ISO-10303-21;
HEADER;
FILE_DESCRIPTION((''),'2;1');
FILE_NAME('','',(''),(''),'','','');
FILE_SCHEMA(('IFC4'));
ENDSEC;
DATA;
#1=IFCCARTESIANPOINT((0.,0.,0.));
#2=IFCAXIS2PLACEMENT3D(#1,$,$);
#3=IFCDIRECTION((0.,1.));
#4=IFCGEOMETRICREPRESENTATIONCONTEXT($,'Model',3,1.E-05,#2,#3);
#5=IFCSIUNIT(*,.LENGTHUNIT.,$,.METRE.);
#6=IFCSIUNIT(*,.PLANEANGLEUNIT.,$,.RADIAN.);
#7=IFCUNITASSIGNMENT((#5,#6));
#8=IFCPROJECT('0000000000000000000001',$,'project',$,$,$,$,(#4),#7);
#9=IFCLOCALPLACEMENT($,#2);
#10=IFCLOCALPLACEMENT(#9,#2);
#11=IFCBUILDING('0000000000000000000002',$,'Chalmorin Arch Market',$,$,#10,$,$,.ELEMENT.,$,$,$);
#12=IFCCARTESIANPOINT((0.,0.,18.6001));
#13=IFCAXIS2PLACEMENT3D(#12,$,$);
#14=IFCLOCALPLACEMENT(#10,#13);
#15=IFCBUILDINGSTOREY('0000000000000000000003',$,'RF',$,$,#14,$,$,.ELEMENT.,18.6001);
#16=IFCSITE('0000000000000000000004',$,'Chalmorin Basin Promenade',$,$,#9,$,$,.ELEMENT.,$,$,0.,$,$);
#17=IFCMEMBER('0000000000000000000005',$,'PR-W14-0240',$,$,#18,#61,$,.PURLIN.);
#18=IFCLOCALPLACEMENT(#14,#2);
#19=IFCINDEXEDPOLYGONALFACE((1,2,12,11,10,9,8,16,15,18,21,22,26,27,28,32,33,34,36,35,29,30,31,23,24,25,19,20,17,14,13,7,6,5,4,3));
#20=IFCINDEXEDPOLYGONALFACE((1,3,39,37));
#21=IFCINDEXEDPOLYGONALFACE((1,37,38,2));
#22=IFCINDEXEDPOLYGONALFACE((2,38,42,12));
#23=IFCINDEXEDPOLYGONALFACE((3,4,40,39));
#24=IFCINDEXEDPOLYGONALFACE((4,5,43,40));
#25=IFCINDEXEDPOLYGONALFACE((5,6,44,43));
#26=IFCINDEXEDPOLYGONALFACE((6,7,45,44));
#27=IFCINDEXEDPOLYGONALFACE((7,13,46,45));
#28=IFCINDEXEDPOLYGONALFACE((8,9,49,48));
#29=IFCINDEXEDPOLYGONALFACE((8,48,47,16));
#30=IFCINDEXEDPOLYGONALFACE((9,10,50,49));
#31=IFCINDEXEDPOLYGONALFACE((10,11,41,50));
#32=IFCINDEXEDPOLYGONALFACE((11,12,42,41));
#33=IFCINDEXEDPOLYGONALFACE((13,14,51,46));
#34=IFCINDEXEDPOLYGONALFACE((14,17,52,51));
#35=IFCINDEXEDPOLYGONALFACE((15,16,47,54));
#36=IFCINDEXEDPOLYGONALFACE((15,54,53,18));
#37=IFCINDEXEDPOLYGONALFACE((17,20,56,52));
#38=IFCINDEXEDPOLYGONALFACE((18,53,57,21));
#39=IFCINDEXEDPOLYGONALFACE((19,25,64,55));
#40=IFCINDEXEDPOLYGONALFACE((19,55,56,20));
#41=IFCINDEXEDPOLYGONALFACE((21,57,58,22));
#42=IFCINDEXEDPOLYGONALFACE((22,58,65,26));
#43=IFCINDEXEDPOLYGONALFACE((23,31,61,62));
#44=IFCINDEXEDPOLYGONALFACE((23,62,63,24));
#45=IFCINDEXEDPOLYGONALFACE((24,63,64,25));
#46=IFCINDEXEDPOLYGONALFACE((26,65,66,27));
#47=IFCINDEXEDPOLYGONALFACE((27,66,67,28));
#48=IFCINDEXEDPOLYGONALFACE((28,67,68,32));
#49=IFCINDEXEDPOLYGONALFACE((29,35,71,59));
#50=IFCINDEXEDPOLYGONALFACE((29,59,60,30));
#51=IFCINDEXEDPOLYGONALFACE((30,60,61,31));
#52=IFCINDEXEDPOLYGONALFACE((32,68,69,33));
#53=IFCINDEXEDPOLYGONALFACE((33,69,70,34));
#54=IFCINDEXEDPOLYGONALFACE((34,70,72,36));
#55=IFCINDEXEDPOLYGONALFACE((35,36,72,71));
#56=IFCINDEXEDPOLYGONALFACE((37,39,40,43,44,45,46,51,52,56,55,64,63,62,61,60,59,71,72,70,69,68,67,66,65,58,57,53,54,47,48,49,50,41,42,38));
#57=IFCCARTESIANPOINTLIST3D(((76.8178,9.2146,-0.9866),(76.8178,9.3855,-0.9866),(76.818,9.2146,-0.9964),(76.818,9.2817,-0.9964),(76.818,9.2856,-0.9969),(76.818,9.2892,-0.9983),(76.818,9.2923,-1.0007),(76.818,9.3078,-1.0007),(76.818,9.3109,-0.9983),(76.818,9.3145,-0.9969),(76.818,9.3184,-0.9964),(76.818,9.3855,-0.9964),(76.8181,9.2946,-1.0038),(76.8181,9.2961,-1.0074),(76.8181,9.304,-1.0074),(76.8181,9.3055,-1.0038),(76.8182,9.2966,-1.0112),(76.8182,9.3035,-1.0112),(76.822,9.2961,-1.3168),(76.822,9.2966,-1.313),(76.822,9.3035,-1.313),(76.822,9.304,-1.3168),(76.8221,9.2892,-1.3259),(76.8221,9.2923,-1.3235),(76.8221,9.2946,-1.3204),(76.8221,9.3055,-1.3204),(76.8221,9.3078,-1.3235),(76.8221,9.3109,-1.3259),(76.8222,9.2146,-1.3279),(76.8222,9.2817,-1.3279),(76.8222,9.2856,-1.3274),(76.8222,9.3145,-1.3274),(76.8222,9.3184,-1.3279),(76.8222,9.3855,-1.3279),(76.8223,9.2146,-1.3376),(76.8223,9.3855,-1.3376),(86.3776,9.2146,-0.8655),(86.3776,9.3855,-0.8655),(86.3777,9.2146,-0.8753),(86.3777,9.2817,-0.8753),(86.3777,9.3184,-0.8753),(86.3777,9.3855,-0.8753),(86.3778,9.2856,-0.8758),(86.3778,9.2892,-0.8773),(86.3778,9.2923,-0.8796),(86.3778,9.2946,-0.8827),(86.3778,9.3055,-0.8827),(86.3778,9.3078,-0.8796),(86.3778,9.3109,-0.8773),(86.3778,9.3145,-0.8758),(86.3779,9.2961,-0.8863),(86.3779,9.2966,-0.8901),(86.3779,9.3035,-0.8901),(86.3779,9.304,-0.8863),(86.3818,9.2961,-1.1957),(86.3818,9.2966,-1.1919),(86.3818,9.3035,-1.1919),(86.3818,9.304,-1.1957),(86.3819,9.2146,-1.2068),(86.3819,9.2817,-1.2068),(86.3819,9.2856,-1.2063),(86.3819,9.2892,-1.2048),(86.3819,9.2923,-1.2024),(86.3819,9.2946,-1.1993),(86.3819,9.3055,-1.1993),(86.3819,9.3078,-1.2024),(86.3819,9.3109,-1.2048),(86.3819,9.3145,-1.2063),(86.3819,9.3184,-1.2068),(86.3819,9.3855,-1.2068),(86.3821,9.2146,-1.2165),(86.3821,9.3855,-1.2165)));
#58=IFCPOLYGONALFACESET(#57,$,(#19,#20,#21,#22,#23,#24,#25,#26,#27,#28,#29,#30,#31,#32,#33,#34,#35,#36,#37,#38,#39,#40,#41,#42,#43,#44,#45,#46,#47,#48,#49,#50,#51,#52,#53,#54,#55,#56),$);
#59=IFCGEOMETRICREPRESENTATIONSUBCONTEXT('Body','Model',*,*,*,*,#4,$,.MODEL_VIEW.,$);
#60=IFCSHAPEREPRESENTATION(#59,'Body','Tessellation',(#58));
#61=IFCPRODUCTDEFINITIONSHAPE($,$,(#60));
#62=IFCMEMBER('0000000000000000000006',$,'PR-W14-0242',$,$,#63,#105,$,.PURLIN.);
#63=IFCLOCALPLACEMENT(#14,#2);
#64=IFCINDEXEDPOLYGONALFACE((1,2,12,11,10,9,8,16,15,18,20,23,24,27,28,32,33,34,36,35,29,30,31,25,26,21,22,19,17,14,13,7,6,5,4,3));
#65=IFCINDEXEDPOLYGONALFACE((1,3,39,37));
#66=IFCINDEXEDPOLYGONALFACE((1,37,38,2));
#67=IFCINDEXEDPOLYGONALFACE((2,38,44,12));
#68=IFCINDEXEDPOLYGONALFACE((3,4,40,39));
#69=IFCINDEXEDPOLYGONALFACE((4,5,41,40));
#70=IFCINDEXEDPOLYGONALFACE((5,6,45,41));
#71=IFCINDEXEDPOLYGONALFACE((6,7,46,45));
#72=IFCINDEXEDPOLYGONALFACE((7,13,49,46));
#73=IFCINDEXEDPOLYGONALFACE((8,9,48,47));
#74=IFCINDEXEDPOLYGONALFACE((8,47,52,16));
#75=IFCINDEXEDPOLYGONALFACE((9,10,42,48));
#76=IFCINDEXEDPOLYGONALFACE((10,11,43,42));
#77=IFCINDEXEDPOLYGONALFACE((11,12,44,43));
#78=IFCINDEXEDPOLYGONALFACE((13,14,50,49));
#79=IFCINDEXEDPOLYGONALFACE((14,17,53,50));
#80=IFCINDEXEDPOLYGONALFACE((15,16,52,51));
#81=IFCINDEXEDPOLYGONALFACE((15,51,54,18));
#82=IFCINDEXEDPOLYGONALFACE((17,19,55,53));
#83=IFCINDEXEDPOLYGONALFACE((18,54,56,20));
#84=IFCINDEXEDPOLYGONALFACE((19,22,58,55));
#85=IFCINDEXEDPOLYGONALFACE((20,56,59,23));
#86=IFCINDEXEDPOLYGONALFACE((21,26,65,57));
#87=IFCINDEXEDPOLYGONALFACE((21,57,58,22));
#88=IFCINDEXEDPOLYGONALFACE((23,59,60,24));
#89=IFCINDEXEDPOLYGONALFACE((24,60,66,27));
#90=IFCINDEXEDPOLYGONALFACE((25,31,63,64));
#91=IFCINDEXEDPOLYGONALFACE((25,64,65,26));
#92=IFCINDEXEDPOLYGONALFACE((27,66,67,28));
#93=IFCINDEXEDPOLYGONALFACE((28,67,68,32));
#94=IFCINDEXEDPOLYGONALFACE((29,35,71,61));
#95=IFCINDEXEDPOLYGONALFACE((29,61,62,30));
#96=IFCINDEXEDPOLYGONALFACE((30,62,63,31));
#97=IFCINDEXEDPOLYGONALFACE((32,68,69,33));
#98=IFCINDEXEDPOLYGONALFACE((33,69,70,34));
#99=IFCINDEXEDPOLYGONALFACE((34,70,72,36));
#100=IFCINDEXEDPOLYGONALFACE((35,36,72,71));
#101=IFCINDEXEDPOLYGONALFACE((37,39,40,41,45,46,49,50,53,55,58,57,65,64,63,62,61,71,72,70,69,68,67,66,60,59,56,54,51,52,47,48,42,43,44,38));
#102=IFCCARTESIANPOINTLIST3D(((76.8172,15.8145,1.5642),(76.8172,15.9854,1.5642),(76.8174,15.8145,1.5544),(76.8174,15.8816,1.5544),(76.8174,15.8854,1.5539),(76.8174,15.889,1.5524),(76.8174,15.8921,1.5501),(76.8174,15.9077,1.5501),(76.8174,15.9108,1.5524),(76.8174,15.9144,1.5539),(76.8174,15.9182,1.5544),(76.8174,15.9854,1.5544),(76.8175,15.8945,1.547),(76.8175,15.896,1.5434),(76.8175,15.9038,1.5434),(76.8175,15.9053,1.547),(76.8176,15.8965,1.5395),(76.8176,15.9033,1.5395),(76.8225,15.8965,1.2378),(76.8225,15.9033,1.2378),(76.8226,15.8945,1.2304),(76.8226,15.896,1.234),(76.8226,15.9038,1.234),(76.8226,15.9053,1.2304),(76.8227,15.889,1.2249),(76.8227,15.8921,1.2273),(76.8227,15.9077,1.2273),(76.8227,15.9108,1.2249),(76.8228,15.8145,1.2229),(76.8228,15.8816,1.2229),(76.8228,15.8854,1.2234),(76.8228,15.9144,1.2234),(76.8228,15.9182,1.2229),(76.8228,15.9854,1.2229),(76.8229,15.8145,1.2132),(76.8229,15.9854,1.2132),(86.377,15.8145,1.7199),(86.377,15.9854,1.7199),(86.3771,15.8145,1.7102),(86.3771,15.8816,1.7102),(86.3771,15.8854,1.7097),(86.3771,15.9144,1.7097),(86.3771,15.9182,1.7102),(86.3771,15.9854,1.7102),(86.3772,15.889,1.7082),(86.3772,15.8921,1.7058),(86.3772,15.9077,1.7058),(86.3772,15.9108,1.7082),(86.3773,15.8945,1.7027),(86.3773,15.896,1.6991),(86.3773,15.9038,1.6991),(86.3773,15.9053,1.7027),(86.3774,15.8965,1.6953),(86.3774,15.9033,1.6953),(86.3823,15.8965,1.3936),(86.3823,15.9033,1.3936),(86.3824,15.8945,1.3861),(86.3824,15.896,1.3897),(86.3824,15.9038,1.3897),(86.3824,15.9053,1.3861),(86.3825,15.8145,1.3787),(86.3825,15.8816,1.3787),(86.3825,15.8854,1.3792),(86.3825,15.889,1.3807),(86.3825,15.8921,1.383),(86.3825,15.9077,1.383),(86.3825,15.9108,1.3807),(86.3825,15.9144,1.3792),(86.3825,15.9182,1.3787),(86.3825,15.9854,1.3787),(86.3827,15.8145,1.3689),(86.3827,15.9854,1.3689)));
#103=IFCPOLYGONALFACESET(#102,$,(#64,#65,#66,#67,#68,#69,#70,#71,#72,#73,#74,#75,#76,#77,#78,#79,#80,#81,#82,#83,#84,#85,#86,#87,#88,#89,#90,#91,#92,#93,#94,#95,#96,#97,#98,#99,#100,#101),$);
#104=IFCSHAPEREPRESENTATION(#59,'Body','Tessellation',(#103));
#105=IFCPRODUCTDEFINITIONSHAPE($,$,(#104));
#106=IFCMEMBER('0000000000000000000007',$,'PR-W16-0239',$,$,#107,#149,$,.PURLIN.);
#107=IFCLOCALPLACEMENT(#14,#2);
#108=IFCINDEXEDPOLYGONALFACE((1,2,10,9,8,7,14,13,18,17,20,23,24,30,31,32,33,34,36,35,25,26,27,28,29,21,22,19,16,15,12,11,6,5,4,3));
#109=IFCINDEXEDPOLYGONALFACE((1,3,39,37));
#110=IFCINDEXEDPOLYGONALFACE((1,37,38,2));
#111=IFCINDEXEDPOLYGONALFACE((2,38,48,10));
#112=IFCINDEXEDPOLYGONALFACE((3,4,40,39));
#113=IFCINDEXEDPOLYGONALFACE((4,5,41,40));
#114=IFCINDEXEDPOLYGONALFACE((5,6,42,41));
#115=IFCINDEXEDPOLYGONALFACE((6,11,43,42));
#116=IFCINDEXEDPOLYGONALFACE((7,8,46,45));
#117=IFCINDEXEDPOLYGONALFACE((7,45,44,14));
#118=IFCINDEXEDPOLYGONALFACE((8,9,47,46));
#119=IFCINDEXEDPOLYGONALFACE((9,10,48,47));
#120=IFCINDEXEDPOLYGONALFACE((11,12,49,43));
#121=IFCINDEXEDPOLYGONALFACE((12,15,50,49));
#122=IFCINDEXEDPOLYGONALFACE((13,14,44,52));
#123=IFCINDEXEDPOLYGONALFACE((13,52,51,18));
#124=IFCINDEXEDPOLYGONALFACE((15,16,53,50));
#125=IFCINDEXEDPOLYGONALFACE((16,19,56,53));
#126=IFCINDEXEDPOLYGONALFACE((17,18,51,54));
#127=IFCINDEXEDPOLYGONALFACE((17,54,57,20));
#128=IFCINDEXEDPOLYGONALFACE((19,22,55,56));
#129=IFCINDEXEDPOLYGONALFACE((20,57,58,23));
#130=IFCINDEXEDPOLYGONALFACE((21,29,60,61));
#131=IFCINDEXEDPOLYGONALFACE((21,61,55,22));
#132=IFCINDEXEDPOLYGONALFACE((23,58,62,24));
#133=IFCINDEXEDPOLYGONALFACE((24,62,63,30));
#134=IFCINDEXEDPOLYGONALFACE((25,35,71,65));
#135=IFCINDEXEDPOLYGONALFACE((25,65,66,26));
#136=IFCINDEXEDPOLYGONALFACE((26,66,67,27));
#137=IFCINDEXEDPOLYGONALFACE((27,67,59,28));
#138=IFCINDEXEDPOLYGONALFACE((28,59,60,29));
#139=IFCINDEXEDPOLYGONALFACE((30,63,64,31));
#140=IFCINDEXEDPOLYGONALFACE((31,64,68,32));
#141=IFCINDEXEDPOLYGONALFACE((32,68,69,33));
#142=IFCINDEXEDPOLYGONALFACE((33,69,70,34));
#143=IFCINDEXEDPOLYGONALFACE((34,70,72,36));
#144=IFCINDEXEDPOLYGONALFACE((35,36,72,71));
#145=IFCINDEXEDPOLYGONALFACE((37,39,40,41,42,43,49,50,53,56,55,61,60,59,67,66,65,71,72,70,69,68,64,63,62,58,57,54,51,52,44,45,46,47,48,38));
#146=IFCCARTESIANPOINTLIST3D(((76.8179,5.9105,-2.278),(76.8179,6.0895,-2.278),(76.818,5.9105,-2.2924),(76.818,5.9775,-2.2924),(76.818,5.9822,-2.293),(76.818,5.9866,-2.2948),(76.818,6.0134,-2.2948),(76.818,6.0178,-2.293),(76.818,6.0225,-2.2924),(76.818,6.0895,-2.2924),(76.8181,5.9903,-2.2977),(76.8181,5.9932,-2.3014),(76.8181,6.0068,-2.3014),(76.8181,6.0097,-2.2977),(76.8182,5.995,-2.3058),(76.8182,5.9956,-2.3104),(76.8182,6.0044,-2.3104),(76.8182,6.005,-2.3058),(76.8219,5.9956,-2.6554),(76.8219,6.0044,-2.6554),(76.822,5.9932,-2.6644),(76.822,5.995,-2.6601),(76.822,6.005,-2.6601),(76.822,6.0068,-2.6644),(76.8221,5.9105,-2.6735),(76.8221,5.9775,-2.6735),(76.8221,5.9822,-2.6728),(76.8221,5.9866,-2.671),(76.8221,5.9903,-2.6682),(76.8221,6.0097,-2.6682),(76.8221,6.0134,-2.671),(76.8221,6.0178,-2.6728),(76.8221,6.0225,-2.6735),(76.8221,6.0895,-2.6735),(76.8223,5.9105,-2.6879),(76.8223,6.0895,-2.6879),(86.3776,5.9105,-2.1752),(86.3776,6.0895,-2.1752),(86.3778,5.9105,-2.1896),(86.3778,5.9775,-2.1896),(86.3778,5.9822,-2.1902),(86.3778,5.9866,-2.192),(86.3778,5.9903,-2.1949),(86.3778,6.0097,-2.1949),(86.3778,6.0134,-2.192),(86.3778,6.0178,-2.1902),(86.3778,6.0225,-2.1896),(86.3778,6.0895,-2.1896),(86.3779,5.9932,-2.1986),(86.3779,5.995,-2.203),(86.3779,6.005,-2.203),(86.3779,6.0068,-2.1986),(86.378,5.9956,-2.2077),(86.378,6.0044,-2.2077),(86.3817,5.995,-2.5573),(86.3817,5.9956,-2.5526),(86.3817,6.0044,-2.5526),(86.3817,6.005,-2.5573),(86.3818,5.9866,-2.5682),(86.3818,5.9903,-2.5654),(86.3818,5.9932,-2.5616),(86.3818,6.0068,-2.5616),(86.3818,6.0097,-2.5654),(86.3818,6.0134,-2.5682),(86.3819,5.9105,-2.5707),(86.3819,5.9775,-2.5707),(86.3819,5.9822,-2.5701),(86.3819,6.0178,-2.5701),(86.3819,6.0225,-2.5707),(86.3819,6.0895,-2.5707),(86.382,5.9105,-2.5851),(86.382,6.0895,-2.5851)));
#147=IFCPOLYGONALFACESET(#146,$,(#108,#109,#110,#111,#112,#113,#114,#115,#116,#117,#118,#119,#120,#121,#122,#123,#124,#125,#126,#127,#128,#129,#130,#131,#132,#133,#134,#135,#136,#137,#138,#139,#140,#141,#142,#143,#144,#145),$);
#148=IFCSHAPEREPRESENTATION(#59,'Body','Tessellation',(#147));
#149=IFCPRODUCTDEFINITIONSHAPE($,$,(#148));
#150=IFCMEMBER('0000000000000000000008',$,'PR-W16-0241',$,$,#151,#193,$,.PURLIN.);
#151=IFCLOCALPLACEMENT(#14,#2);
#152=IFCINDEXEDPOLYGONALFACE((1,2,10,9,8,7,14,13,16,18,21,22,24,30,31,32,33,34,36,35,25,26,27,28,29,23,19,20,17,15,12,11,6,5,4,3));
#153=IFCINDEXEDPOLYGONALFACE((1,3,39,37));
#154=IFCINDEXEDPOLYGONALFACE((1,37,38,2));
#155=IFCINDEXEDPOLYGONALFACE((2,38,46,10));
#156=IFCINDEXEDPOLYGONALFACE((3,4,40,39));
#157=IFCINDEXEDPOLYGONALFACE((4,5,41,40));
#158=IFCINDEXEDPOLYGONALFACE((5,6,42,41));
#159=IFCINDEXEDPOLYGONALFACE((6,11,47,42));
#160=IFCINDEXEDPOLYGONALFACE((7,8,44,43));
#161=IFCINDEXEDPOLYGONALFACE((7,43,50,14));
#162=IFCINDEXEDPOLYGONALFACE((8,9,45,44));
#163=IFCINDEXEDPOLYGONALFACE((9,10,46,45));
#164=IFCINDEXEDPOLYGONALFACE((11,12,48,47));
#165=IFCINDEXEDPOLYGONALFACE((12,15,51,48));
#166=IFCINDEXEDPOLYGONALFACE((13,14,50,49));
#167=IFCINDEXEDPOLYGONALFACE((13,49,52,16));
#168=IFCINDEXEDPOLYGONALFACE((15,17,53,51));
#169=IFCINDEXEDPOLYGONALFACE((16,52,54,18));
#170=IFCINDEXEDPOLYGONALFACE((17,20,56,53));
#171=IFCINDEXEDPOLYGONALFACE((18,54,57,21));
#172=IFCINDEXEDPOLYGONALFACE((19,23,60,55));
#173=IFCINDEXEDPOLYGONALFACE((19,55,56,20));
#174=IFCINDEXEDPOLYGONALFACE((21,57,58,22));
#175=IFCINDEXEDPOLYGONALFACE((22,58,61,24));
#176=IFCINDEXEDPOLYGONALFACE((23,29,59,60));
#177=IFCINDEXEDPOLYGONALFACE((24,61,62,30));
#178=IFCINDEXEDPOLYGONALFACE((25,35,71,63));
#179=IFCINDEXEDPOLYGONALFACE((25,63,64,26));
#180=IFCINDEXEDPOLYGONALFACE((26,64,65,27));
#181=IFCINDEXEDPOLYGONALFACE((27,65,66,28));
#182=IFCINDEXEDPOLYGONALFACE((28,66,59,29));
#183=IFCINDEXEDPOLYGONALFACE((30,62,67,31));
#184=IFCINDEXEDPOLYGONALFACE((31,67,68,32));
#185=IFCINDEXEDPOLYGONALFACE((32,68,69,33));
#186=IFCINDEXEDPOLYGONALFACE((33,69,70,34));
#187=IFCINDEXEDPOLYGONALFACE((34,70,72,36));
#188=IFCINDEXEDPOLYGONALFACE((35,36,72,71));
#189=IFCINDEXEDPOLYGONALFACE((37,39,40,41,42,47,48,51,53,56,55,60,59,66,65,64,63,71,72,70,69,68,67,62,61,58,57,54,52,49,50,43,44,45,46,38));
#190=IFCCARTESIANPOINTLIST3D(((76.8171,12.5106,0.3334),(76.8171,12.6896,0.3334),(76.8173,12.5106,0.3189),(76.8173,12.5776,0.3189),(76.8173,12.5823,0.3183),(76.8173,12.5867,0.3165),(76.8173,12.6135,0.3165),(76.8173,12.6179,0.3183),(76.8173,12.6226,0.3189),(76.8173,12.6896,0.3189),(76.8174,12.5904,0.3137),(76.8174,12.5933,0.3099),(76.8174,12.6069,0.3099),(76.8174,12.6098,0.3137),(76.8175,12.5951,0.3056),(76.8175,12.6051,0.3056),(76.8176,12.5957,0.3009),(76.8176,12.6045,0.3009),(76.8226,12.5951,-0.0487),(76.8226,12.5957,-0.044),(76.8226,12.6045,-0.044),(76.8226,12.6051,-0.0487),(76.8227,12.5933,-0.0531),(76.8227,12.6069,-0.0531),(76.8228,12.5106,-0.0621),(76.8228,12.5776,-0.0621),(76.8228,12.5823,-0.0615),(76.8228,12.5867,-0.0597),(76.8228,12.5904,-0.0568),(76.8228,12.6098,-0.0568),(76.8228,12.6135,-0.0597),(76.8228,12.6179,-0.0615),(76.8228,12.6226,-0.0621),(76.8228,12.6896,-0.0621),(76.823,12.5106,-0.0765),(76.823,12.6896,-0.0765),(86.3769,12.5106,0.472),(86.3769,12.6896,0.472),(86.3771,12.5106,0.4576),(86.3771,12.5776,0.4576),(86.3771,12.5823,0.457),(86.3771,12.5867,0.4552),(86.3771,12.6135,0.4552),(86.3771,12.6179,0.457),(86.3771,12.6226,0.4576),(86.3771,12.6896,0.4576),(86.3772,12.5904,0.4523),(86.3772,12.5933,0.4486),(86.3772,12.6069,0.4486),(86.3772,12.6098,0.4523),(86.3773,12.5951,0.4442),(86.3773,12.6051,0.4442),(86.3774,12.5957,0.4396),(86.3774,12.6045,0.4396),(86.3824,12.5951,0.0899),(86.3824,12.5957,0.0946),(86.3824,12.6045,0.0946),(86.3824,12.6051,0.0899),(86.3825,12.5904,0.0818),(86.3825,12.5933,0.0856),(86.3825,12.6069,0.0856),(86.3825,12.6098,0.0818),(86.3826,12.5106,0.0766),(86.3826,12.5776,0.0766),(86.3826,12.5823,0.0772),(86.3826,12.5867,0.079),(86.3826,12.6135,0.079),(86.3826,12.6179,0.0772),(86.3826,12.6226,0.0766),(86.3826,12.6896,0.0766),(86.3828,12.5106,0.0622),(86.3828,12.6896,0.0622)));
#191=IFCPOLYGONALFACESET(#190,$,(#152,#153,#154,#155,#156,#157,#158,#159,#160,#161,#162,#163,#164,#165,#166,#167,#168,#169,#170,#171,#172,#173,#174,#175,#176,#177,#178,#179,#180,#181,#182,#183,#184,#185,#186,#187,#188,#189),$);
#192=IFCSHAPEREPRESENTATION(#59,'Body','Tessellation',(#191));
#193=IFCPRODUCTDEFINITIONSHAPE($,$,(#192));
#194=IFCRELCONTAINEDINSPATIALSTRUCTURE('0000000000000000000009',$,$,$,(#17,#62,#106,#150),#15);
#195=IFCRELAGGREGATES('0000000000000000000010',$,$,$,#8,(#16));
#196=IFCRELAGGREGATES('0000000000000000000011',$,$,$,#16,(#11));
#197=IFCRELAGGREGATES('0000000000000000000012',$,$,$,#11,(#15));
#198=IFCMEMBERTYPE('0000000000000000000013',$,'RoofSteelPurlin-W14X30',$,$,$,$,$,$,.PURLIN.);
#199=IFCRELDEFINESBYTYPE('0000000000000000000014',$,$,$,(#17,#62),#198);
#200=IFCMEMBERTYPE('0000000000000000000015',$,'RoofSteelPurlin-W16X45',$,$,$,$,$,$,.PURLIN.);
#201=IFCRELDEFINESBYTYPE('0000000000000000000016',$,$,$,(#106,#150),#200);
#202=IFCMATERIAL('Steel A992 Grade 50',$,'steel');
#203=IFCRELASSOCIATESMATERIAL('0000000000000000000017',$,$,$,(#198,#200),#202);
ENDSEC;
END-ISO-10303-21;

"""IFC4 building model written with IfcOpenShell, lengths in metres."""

from ifc_helpers import new_model, si_unit, direction, frame, origin, origin_2d, place, context, subcontext, project, spatial, i_section, extrude, material, material_profile, profile_set, type_object, element, save


model = new_model("IFC4")

# Units and contexts
model_context = context("Model", 3, precision=1e-05, world=origin(), true_north=direction((0.0, 1.0)))
body_context = subcontext(model_context, "Body", "Model", "MODEL_VIEW")
ifc_project = project(units=[si_unit("LENGTHUNIT", "METRE"), si_unit("PLANEANGLEUNIT", "RADIAN")], contexts=[model_context])

# Site, building, storey
site_placement = place(None, origin())
site = spatial("IfcSite", under=ifc_project, at=site_placement, Name="Chalmorin Basin Promenade", CompositionType="ELEMENT", RefElevation=0.0)
building_placement = place(site_placement, origin())
building = spatial("IfcBuilding", under=site, at=building_placement, Name="Chalmorin Arch Market", CompositionType="ELEMENT")
storey_placement = place(building_placement, frame((0.0, 0.0, 18.6001)))
storey = spatial("IfcBuildingStorey", under=building, at=storey_placement, Name="RF", CompositionType="ELEMENT", Elevation=18.6001)

# Members
ifc_material_1 = material(Name="Steel A992 Grade 50", Category="steel")
ifc_material_profile_1 = material_profile(ifc_material_1, i_section(OverallWidth=0.1709, OverallDepth=0.3511, WebThickness=0.0068, FlangeThickness=0.0098, FilletRadius=0.0149, at=origin_2d()), Name="W14X30")
ifc_profile_set_1 = profile_set([ifc_material_profile_1], Name="Steel A992 Grade 50")
member_type_1 = type_object("IfcMemberType", Name="RoofSteelPurlin-W14X30", PredefinedType="PURLIN", material=ifc_profile_set_1)
member_1_placement = place(storey_placement, frame((76.8201, 9.3, -1.1621), z_axis=(0.99992, 0.0, 0.012666), x_axis=(0.0, 1.0, 0.0)))
element("IfcMember", 1, at=member_1_placement, inside=storey, type_object=member_type_1, Name="PR-W14-0240", PredefinedType="PURLIN", context=body_context, shape_type="SweptSolid", body=[
    extrude(i_section(OverallWidth=0.1709, OverallDepth=0.3511, WebThickness=0.0068, FlangeThickness=0.0098, FilletRadius=0.0149, at=origin_2d()), origin(), (0.0, 0.0, 1.0), 9.5605),
])
member_2_placement = place(storey_placement, frame((76.8201, 15.8999, 1.3887), z_axis=(0.999867, 0.0, 0.016291), x_axis=(0.0, 1.0, 0.0)))
element("IfcMember", 2, at=member_2_placement, inside=storey, type_object=member_type_1, Name="PR-W14-0242", PredefinedType="PURLIN", context=body_context, shape_type="SweptSolid", body=[
    extrude(i_section(OverallWidth=0.1709, OverallDepth=0.3511, WebThickness=0.0068, FlangeThickness=0.0098, FilletRadius=0.0149, at=origin_2d()), origin(), (0.0, 0.0, 1.0), 9.561),
])
ifc_material_profile_2 = material_profile(ifc_material_1, i_section(OverallWidth=0.179, OverallDepth=0.4099, WebThickness=0.0088, FlangeThickness=0.0144, FilletRadius=0.0181, at=origin_2d()), Name="W16X45")
ifc_profile_set_2 = profile_set([ifc_material_profile_2], Name="Steel A992 Grade 50")
member_type_2 = type_object("IfcMemberType", Name="RoofSteelPurlin-W16X45", PredefinedType="PURLIN", material=ifc_profile_set_2)
member_3_placement = place(storey_placement, frame((76.8201, 6.0, -2.4829), z_axis=(0.999942, 0.0, 0.010751), x_axis=(0.0, 1.0, 0.0)))
element("IfcMember", 3, at=member_3_placement, inside=storey, type_object=member_type_2, Name="PR-W16-0239", PredefinedType="PURLIN", context=body_context, shape_type="SweptSolid", body=[
    extrude(i_section(OverallWidth=0.179, OverallDepth=0.4099, WebThickness=0.0088, FlangeThickness=0.0144, FilletRadius=0.0181, at=origin_2d()), origin(), (0.0, 0.0, 1.0), 9.5603),
])
member_4_placement = place(storey_placement, frame((76.8201, 12.6001, 0.1284), z_axis=(0.999895, 0.0, 0.014504), x_axis=(0.0, 1.0, 0.0)))
element("IfcMember", 4, at=member_4_placement, inside=storey, type_object=member_type_2, Name="PR-W16-0241", PredefinedType="PURLIN", context=body_context, shape_type="SweptSolid", body=[
    extrude(i_section(OverallWidth=0.179, OverallDepth=0.4099, WebThickness=0.0088, FlangeThickness=0.0144, FilletRadius=0.0181, at=origin_2d()), origin(), (0.0, 0.0, 1.0), 9.5608),
])

save(model, "model.ifc")
